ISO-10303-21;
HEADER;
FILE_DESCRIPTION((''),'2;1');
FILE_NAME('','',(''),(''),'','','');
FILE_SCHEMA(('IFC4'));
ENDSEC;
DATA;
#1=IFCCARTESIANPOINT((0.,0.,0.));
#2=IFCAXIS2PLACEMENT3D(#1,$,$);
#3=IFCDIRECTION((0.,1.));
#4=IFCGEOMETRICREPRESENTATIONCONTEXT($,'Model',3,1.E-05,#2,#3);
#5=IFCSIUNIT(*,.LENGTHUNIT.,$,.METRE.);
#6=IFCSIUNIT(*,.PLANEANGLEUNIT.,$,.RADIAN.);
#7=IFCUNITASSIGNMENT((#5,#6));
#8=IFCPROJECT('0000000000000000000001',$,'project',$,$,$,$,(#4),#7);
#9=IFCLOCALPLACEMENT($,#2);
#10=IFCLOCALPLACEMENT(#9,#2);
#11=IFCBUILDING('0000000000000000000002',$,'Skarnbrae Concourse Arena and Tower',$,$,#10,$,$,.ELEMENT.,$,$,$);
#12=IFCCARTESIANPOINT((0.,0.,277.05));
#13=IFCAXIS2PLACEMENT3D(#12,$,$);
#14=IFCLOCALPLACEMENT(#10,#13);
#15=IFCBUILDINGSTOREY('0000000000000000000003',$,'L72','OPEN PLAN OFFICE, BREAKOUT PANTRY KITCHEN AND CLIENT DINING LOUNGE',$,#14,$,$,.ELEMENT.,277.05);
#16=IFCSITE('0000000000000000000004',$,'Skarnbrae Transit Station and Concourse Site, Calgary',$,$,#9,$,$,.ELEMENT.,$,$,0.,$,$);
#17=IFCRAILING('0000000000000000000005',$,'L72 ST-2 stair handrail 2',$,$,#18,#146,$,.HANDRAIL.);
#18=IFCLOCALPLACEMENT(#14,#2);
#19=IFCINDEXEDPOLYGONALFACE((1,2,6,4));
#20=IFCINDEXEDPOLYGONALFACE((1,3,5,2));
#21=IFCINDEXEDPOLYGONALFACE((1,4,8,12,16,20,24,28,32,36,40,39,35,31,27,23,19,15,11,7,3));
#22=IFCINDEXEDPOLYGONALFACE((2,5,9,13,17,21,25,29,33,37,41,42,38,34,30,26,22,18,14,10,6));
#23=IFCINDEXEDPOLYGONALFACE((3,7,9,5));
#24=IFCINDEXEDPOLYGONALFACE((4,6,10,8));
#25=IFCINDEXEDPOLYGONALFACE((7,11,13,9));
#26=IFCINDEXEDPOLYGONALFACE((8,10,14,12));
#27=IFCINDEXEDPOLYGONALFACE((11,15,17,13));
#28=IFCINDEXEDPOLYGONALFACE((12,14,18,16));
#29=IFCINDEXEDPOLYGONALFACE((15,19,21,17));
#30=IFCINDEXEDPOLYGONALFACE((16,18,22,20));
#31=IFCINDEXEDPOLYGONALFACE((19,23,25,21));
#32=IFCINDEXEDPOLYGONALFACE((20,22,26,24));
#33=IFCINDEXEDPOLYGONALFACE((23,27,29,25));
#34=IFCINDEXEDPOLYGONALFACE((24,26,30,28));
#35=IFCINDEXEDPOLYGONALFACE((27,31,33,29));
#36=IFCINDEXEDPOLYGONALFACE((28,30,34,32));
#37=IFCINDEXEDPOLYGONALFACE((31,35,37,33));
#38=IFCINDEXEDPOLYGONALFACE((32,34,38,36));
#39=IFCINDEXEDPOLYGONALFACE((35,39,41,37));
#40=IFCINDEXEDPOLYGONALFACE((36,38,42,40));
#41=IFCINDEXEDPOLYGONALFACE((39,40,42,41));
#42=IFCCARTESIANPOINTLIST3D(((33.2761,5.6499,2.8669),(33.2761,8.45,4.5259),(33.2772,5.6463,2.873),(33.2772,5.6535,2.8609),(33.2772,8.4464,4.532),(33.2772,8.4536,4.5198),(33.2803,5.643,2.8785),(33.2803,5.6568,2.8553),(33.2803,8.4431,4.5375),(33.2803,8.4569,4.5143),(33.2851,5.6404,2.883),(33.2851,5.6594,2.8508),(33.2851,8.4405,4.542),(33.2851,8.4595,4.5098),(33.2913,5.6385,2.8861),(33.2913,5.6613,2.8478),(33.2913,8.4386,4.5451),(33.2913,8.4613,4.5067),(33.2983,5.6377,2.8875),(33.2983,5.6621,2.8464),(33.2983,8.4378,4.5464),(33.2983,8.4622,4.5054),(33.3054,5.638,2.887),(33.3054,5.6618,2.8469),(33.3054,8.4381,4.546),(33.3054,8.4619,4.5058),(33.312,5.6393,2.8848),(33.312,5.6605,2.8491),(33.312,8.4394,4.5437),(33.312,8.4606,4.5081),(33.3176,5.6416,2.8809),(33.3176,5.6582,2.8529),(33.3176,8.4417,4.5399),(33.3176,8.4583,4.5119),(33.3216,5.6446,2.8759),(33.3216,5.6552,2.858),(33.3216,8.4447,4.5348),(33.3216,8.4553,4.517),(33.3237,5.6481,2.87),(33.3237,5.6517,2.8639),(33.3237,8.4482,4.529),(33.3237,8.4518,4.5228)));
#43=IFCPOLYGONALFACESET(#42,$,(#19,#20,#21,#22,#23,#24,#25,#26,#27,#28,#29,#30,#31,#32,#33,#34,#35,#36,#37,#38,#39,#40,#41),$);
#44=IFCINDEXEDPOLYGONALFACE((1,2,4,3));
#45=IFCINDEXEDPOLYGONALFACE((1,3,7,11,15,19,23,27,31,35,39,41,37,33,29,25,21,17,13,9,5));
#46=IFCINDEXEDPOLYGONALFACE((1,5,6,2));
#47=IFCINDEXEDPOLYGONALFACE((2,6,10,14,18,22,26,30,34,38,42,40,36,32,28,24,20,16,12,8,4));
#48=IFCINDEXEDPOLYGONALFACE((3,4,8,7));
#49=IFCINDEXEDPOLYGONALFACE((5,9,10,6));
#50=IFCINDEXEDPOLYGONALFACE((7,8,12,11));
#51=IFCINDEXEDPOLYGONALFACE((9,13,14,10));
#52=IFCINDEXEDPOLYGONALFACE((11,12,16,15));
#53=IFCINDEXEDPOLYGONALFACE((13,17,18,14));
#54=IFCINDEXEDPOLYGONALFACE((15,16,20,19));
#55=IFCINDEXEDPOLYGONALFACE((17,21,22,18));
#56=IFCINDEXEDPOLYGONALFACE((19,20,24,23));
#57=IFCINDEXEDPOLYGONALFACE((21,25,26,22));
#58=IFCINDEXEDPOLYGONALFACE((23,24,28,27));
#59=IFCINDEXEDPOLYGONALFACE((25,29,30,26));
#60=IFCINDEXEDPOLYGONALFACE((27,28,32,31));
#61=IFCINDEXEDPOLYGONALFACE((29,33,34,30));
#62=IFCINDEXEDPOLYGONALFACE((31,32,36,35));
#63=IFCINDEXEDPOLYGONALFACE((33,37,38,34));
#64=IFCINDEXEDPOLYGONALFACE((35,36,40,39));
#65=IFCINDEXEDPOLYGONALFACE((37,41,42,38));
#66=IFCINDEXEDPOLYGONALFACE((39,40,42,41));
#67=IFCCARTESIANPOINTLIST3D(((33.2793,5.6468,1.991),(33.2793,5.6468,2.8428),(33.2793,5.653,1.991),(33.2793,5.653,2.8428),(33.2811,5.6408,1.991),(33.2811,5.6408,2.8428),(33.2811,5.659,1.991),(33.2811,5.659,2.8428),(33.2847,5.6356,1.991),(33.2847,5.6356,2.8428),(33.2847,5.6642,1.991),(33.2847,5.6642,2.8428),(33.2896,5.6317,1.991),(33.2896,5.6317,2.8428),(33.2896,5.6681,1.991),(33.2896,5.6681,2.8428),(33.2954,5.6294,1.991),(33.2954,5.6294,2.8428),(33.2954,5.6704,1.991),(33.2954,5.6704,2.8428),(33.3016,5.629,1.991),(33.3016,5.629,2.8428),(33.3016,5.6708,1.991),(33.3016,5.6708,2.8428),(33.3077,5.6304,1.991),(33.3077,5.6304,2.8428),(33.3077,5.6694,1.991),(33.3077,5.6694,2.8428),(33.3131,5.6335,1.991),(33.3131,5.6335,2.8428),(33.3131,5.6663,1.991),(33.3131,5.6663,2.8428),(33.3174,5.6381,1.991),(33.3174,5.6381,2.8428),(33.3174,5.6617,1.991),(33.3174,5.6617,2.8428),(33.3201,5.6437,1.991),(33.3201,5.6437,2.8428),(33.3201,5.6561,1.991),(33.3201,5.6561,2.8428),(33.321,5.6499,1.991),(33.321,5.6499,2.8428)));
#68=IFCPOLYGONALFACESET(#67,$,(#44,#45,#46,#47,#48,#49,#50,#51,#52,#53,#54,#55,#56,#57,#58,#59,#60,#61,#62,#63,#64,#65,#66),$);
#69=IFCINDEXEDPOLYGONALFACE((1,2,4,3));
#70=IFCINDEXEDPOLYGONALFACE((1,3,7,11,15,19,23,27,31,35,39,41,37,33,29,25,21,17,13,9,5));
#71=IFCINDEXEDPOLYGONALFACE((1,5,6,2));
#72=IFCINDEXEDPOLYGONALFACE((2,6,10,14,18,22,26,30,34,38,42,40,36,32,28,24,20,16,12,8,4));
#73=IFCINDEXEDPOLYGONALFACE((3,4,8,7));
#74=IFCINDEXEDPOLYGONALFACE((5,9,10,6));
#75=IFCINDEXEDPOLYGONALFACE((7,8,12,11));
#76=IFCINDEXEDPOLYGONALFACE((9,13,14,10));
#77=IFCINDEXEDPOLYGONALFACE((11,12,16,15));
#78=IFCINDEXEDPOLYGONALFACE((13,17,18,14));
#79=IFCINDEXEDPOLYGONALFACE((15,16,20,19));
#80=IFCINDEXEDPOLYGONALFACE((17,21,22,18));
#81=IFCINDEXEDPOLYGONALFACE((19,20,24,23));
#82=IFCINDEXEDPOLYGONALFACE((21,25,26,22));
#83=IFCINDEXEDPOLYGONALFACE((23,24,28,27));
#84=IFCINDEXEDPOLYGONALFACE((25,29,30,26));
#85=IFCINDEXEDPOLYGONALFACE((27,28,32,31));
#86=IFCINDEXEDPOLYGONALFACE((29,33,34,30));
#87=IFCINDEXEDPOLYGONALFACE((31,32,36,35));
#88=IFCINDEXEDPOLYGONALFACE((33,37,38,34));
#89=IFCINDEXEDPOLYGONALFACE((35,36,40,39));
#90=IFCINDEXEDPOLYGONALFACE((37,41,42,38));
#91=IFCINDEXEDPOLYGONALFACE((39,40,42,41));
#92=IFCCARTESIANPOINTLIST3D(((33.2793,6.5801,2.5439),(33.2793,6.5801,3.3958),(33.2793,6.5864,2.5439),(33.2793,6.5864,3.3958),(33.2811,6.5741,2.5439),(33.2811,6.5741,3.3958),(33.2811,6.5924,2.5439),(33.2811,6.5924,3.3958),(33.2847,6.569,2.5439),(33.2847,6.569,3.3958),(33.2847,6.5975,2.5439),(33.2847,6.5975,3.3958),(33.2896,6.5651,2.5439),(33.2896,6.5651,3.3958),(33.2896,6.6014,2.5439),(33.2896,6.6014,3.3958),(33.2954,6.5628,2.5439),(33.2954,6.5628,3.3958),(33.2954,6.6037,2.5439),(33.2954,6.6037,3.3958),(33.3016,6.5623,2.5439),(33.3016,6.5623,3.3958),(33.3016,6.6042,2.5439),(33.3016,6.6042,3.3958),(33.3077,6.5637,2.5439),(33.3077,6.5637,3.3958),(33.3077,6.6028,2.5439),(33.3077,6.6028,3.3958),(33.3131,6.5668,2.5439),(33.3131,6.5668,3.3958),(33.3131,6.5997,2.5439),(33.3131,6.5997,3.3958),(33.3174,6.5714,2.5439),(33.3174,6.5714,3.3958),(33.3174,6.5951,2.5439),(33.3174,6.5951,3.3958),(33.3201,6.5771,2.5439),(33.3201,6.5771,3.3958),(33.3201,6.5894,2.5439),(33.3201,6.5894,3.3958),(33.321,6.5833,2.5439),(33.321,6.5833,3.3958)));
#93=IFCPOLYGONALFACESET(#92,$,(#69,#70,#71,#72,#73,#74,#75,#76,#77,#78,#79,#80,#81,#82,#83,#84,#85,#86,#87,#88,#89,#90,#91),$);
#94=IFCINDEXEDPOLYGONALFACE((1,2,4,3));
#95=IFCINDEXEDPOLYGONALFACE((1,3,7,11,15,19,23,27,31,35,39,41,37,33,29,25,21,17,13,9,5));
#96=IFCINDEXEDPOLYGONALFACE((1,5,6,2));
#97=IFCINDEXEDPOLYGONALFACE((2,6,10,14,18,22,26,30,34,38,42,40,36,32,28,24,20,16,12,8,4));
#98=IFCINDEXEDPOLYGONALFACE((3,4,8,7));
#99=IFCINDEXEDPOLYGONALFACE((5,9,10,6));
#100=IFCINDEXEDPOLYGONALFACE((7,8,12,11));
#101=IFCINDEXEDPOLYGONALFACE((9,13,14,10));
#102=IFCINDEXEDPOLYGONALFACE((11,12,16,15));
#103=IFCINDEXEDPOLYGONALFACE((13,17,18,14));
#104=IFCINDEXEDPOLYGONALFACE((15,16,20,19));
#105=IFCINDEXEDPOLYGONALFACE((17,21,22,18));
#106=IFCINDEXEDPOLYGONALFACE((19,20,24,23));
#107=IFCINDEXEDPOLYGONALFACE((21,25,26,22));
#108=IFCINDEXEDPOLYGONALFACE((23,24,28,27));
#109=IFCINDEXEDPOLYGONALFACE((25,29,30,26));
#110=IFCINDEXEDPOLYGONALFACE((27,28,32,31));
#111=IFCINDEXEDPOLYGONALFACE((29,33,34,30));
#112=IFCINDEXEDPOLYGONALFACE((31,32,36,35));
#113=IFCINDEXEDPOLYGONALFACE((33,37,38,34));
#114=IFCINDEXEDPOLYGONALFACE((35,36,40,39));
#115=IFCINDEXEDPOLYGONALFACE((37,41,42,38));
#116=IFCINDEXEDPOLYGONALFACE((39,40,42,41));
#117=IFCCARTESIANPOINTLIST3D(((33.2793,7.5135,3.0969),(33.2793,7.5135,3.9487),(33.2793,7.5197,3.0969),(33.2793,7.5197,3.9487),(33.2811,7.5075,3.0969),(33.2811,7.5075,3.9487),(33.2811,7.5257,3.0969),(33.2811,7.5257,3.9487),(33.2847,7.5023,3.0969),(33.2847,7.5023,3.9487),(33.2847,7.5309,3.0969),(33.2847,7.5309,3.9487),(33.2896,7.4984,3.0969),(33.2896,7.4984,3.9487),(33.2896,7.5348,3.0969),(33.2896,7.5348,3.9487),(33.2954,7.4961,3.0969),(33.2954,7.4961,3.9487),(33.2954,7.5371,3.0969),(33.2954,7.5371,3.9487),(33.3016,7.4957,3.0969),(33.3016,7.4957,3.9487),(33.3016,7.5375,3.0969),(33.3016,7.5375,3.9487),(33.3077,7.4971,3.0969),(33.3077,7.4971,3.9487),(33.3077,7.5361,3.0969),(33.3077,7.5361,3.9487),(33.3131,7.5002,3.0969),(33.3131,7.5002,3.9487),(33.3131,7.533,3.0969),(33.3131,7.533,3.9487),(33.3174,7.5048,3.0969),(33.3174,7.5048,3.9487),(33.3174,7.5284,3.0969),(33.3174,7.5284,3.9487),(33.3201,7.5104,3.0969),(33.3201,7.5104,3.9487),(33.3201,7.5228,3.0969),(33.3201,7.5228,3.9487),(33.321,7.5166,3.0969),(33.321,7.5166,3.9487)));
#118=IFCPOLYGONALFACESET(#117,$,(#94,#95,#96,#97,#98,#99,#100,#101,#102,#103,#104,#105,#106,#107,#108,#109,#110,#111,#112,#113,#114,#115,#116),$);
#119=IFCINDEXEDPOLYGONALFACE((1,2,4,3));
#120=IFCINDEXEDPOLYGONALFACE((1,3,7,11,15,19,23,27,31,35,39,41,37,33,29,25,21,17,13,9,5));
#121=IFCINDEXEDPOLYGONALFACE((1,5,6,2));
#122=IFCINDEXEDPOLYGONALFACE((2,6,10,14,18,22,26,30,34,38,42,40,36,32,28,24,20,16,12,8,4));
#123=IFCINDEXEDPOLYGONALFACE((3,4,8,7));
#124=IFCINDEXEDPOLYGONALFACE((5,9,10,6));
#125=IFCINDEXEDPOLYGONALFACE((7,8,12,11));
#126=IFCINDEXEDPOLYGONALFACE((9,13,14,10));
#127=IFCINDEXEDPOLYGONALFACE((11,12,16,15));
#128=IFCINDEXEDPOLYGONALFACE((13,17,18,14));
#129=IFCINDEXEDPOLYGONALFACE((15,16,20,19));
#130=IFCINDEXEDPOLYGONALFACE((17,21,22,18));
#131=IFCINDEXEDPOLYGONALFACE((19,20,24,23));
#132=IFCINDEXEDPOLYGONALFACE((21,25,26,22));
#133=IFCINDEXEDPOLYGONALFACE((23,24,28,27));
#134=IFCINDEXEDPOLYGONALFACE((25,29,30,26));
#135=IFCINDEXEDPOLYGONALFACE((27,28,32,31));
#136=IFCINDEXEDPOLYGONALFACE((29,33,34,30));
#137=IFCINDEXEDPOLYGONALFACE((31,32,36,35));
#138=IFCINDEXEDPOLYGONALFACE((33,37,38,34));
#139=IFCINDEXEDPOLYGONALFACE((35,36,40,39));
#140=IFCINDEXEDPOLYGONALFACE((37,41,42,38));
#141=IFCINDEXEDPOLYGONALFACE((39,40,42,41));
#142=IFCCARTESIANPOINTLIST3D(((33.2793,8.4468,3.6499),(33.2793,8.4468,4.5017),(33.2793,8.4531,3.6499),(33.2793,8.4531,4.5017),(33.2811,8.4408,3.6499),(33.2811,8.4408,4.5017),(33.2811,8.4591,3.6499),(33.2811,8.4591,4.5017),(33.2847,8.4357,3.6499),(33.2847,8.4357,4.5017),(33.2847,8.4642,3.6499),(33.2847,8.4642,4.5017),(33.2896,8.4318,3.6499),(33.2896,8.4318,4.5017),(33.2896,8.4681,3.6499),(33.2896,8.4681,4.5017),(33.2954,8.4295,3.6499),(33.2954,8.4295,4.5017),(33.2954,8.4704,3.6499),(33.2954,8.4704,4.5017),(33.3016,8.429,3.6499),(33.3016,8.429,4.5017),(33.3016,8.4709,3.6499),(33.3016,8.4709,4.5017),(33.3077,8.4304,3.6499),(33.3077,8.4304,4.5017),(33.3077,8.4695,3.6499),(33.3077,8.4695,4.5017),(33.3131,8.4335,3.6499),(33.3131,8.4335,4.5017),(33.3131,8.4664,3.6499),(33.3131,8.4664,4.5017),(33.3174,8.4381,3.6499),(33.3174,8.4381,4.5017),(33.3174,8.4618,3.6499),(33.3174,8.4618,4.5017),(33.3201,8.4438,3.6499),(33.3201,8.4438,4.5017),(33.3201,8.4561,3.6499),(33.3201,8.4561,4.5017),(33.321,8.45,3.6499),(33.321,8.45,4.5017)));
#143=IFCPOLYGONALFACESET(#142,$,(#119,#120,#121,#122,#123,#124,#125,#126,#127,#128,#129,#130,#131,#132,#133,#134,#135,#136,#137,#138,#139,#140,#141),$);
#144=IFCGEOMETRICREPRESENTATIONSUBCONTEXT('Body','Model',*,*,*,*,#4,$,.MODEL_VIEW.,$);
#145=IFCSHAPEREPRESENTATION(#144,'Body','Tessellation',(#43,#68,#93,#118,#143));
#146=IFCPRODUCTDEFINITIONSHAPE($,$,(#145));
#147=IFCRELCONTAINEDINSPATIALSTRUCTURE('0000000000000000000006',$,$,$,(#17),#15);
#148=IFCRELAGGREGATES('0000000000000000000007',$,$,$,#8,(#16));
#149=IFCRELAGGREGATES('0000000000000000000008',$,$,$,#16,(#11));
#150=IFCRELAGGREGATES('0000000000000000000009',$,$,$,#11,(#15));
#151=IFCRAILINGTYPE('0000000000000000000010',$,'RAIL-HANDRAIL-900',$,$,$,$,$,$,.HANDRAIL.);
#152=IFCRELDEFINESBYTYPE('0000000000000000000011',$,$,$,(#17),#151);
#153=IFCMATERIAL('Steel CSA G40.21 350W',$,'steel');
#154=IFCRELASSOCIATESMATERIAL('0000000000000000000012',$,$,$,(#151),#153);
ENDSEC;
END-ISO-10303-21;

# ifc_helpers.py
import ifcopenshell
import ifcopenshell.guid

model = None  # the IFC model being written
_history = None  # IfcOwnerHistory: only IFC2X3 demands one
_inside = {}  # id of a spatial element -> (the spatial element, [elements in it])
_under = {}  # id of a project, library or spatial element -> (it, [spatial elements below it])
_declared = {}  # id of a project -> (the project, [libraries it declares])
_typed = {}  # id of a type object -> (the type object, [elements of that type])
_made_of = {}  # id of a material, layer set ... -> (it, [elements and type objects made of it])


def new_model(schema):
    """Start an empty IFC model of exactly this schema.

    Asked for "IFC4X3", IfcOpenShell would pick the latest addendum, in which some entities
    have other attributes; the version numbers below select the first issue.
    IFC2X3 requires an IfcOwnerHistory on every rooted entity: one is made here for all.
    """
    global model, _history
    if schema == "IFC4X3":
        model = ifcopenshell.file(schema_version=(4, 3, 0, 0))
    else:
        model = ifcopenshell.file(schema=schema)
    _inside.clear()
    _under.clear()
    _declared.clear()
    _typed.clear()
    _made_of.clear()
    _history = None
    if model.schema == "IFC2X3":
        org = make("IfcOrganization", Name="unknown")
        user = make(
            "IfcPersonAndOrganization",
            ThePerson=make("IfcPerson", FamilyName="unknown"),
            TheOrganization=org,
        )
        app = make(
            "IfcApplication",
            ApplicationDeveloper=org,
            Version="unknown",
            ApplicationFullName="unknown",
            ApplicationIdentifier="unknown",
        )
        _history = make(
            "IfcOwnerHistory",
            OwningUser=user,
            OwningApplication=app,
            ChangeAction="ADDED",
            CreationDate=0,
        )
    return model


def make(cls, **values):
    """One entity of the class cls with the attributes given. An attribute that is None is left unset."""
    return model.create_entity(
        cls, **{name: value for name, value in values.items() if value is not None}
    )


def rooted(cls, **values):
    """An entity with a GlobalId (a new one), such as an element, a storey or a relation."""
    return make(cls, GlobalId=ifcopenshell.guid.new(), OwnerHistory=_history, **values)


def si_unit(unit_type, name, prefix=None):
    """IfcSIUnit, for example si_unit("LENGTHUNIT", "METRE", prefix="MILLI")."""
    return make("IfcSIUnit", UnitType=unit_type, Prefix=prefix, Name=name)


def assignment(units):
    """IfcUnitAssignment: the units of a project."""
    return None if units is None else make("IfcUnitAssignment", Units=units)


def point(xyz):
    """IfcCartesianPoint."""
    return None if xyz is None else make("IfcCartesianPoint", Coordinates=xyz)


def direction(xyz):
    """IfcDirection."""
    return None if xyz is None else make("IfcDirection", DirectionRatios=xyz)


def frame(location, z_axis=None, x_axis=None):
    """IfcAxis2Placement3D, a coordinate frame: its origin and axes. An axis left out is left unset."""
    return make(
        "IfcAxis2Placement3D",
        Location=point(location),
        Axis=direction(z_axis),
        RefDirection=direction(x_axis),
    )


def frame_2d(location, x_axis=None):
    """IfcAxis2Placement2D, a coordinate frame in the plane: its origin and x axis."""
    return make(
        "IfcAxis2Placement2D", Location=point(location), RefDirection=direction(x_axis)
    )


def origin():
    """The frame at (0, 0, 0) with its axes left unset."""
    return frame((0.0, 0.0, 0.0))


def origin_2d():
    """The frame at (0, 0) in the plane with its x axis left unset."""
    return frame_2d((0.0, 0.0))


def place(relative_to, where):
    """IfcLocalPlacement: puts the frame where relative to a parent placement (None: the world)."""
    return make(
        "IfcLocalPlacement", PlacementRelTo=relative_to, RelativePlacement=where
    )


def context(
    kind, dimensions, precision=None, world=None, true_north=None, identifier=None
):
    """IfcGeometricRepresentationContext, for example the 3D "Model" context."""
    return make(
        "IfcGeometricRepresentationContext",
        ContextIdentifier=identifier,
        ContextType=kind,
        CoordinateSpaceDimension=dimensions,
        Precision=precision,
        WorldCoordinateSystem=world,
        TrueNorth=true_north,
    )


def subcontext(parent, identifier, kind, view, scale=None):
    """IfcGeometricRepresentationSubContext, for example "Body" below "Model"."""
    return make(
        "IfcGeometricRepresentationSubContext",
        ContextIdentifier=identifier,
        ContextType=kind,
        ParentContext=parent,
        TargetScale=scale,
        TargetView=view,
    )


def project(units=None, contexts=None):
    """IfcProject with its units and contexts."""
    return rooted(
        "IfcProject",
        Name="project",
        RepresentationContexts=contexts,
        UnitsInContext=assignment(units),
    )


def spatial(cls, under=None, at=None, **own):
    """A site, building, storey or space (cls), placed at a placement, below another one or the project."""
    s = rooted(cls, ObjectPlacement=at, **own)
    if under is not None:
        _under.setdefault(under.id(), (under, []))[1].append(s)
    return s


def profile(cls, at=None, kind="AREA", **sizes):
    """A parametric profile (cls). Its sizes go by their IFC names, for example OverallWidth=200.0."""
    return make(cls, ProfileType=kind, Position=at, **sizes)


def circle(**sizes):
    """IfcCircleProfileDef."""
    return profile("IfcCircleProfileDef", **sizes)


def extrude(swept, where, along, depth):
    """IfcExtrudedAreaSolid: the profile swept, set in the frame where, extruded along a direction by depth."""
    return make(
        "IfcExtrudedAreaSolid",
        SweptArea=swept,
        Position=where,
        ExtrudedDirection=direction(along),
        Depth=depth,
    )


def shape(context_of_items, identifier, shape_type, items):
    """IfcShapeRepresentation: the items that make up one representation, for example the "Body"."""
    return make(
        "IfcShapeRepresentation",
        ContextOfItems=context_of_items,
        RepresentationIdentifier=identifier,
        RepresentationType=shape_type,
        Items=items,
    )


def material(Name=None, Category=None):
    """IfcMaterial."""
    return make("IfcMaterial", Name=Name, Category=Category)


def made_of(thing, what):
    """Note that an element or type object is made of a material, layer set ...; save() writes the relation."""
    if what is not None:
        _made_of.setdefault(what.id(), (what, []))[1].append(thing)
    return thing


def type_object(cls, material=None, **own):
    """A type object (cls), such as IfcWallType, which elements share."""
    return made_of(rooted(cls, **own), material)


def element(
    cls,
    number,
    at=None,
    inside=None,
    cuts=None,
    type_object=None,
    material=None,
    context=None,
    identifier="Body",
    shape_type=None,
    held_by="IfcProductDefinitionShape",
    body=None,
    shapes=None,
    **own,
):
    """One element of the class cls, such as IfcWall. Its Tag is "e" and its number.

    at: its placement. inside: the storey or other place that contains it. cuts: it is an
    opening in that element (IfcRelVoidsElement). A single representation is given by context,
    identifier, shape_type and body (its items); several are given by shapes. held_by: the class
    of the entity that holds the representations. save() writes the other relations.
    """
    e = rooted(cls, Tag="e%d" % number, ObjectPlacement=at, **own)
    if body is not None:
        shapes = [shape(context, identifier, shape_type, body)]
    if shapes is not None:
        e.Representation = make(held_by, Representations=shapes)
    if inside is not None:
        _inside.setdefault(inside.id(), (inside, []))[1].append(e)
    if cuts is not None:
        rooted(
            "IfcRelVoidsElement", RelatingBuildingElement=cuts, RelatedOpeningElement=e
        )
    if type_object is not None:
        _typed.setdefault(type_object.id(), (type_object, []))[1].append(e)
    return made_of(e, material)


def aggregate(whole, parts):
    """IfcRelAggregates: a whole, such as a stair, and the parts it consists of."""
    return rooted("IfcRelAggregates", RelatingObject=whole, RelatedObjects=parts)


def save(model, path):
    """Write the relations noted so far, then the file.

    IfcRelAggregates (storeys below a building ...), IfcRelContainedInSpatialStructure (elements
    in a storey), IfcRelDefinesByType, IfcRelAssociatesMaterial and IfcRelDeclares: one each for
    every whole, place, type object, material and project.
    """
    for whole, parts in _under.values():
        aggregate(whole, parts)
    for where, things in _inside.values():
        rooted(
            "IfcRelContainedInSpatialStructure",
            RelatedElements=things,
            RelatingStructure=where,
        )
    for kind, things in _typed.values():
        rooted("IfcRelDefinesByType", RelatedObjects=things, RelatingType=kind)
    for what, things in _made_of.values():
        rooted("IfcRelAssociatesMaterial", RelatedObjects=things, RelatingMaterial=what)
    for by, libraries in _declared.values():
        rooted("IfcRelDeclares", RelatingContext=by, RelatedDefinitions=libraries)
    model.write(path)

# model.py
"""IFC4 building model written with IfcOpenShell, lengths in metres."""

from ifc_helpers import new_model, si_unit, direction, frame, origin, origin_2d, place, context, subcontext, project, spatial, circle, extrude, material, type_object, element, save


model = new_model("IFC4")

# Units and contexts
model_context = context("Model", 3, precision=1e-05, world=origin(), true_north=direction((0.0, 1.0)))
body_context = subcontext(model_context, "Body", "Model", "MODEL_VIEW")
ifc_project = project(units=[si_unit("LENGTHUNIT", "METRE"), si_unit("PLANEANGLEUNIT", "RADIAN")], contexts=[model_context])

# Site, building, storey
site_placement = place(None, origin())
site = spatial("IfcSite", under=ifc_project, at=site_placement, Name="Skarnbrae Transit Station and Concourse Site, Calgary", CompositionType="ELEMENT", RefElevation=0.0)
building_placement = place(site_placement, origin())
building = spatial("IfcBuilding", under=site, at=building_placement, Name="Skarnbrae Concourse Arena and Tower", CompositionType="ELEMENT")
storey_placement = place(building_placement, frame((0.0, 0.0, 277.05)))
storey = spatial("IfcBuildingStorey", under=building, at=storey_placement, Name="L72", Description="OPEN PLAN OFFICE, BREAKOUT PANTRY KITCHEN AND CLIENT DINING LOUNGE", CompositionType="ELEMENT", Elevation=277.05)

# Shared definitions
ifc_material_1 = material(Name="Steel CSA G40.21 350W", Category="steel")

# Railing
railing_type_1 = type_object("IfcRailingType", Name="RAIL-HANDRAIL-900", PredefinedType="HANDRAIL", material=ifc_material_1)
railing_1_placement = place(storey_placement, frame((33.3, 5.6499, 1.991)))
element("IfcRailing", 1, at=railing_1_placement, inside=storey, type_object=railing_type_1, Name="L72 ST-2 stair handrail 2", PredefinedType="HANDRAIL", context=body_context, shape_type="SweptSolid", body=[
    extrude(circle(Radius=0.0239, at=origin_2d()), frame((0.0, 0.0, 0.876), z_axis=(0.0, 0.860339, 0.509722), x_axis=(-1.0, 0.0, 0.0)), (0.0, 0.0, 1.0), 3.2546),
    extrude(circle(Radius=0.021, at=origin_2d()), origin(), (0.0, 0.0, 1.0), 0.8518),
    extrude(circle(Radius=0.021, at=origin_2d()), frame((0.0, 0.9333, 0.553)), (0.0, 0.0, 1.0), 0.8518),
    extrude(circle(Radius=0.021, at=origin_2d()), frame((0.0, 1.8667, 1.106)), (0.0, 0.0, 1.0), 0.8518),
    extrude(circle(Radius=0.021, at=origin_2d()), frame((0.0, 2.8, 1.6589)), (0.0, 0.0, 1.0), 0.8518),
])

save(model, "model.ifc")
